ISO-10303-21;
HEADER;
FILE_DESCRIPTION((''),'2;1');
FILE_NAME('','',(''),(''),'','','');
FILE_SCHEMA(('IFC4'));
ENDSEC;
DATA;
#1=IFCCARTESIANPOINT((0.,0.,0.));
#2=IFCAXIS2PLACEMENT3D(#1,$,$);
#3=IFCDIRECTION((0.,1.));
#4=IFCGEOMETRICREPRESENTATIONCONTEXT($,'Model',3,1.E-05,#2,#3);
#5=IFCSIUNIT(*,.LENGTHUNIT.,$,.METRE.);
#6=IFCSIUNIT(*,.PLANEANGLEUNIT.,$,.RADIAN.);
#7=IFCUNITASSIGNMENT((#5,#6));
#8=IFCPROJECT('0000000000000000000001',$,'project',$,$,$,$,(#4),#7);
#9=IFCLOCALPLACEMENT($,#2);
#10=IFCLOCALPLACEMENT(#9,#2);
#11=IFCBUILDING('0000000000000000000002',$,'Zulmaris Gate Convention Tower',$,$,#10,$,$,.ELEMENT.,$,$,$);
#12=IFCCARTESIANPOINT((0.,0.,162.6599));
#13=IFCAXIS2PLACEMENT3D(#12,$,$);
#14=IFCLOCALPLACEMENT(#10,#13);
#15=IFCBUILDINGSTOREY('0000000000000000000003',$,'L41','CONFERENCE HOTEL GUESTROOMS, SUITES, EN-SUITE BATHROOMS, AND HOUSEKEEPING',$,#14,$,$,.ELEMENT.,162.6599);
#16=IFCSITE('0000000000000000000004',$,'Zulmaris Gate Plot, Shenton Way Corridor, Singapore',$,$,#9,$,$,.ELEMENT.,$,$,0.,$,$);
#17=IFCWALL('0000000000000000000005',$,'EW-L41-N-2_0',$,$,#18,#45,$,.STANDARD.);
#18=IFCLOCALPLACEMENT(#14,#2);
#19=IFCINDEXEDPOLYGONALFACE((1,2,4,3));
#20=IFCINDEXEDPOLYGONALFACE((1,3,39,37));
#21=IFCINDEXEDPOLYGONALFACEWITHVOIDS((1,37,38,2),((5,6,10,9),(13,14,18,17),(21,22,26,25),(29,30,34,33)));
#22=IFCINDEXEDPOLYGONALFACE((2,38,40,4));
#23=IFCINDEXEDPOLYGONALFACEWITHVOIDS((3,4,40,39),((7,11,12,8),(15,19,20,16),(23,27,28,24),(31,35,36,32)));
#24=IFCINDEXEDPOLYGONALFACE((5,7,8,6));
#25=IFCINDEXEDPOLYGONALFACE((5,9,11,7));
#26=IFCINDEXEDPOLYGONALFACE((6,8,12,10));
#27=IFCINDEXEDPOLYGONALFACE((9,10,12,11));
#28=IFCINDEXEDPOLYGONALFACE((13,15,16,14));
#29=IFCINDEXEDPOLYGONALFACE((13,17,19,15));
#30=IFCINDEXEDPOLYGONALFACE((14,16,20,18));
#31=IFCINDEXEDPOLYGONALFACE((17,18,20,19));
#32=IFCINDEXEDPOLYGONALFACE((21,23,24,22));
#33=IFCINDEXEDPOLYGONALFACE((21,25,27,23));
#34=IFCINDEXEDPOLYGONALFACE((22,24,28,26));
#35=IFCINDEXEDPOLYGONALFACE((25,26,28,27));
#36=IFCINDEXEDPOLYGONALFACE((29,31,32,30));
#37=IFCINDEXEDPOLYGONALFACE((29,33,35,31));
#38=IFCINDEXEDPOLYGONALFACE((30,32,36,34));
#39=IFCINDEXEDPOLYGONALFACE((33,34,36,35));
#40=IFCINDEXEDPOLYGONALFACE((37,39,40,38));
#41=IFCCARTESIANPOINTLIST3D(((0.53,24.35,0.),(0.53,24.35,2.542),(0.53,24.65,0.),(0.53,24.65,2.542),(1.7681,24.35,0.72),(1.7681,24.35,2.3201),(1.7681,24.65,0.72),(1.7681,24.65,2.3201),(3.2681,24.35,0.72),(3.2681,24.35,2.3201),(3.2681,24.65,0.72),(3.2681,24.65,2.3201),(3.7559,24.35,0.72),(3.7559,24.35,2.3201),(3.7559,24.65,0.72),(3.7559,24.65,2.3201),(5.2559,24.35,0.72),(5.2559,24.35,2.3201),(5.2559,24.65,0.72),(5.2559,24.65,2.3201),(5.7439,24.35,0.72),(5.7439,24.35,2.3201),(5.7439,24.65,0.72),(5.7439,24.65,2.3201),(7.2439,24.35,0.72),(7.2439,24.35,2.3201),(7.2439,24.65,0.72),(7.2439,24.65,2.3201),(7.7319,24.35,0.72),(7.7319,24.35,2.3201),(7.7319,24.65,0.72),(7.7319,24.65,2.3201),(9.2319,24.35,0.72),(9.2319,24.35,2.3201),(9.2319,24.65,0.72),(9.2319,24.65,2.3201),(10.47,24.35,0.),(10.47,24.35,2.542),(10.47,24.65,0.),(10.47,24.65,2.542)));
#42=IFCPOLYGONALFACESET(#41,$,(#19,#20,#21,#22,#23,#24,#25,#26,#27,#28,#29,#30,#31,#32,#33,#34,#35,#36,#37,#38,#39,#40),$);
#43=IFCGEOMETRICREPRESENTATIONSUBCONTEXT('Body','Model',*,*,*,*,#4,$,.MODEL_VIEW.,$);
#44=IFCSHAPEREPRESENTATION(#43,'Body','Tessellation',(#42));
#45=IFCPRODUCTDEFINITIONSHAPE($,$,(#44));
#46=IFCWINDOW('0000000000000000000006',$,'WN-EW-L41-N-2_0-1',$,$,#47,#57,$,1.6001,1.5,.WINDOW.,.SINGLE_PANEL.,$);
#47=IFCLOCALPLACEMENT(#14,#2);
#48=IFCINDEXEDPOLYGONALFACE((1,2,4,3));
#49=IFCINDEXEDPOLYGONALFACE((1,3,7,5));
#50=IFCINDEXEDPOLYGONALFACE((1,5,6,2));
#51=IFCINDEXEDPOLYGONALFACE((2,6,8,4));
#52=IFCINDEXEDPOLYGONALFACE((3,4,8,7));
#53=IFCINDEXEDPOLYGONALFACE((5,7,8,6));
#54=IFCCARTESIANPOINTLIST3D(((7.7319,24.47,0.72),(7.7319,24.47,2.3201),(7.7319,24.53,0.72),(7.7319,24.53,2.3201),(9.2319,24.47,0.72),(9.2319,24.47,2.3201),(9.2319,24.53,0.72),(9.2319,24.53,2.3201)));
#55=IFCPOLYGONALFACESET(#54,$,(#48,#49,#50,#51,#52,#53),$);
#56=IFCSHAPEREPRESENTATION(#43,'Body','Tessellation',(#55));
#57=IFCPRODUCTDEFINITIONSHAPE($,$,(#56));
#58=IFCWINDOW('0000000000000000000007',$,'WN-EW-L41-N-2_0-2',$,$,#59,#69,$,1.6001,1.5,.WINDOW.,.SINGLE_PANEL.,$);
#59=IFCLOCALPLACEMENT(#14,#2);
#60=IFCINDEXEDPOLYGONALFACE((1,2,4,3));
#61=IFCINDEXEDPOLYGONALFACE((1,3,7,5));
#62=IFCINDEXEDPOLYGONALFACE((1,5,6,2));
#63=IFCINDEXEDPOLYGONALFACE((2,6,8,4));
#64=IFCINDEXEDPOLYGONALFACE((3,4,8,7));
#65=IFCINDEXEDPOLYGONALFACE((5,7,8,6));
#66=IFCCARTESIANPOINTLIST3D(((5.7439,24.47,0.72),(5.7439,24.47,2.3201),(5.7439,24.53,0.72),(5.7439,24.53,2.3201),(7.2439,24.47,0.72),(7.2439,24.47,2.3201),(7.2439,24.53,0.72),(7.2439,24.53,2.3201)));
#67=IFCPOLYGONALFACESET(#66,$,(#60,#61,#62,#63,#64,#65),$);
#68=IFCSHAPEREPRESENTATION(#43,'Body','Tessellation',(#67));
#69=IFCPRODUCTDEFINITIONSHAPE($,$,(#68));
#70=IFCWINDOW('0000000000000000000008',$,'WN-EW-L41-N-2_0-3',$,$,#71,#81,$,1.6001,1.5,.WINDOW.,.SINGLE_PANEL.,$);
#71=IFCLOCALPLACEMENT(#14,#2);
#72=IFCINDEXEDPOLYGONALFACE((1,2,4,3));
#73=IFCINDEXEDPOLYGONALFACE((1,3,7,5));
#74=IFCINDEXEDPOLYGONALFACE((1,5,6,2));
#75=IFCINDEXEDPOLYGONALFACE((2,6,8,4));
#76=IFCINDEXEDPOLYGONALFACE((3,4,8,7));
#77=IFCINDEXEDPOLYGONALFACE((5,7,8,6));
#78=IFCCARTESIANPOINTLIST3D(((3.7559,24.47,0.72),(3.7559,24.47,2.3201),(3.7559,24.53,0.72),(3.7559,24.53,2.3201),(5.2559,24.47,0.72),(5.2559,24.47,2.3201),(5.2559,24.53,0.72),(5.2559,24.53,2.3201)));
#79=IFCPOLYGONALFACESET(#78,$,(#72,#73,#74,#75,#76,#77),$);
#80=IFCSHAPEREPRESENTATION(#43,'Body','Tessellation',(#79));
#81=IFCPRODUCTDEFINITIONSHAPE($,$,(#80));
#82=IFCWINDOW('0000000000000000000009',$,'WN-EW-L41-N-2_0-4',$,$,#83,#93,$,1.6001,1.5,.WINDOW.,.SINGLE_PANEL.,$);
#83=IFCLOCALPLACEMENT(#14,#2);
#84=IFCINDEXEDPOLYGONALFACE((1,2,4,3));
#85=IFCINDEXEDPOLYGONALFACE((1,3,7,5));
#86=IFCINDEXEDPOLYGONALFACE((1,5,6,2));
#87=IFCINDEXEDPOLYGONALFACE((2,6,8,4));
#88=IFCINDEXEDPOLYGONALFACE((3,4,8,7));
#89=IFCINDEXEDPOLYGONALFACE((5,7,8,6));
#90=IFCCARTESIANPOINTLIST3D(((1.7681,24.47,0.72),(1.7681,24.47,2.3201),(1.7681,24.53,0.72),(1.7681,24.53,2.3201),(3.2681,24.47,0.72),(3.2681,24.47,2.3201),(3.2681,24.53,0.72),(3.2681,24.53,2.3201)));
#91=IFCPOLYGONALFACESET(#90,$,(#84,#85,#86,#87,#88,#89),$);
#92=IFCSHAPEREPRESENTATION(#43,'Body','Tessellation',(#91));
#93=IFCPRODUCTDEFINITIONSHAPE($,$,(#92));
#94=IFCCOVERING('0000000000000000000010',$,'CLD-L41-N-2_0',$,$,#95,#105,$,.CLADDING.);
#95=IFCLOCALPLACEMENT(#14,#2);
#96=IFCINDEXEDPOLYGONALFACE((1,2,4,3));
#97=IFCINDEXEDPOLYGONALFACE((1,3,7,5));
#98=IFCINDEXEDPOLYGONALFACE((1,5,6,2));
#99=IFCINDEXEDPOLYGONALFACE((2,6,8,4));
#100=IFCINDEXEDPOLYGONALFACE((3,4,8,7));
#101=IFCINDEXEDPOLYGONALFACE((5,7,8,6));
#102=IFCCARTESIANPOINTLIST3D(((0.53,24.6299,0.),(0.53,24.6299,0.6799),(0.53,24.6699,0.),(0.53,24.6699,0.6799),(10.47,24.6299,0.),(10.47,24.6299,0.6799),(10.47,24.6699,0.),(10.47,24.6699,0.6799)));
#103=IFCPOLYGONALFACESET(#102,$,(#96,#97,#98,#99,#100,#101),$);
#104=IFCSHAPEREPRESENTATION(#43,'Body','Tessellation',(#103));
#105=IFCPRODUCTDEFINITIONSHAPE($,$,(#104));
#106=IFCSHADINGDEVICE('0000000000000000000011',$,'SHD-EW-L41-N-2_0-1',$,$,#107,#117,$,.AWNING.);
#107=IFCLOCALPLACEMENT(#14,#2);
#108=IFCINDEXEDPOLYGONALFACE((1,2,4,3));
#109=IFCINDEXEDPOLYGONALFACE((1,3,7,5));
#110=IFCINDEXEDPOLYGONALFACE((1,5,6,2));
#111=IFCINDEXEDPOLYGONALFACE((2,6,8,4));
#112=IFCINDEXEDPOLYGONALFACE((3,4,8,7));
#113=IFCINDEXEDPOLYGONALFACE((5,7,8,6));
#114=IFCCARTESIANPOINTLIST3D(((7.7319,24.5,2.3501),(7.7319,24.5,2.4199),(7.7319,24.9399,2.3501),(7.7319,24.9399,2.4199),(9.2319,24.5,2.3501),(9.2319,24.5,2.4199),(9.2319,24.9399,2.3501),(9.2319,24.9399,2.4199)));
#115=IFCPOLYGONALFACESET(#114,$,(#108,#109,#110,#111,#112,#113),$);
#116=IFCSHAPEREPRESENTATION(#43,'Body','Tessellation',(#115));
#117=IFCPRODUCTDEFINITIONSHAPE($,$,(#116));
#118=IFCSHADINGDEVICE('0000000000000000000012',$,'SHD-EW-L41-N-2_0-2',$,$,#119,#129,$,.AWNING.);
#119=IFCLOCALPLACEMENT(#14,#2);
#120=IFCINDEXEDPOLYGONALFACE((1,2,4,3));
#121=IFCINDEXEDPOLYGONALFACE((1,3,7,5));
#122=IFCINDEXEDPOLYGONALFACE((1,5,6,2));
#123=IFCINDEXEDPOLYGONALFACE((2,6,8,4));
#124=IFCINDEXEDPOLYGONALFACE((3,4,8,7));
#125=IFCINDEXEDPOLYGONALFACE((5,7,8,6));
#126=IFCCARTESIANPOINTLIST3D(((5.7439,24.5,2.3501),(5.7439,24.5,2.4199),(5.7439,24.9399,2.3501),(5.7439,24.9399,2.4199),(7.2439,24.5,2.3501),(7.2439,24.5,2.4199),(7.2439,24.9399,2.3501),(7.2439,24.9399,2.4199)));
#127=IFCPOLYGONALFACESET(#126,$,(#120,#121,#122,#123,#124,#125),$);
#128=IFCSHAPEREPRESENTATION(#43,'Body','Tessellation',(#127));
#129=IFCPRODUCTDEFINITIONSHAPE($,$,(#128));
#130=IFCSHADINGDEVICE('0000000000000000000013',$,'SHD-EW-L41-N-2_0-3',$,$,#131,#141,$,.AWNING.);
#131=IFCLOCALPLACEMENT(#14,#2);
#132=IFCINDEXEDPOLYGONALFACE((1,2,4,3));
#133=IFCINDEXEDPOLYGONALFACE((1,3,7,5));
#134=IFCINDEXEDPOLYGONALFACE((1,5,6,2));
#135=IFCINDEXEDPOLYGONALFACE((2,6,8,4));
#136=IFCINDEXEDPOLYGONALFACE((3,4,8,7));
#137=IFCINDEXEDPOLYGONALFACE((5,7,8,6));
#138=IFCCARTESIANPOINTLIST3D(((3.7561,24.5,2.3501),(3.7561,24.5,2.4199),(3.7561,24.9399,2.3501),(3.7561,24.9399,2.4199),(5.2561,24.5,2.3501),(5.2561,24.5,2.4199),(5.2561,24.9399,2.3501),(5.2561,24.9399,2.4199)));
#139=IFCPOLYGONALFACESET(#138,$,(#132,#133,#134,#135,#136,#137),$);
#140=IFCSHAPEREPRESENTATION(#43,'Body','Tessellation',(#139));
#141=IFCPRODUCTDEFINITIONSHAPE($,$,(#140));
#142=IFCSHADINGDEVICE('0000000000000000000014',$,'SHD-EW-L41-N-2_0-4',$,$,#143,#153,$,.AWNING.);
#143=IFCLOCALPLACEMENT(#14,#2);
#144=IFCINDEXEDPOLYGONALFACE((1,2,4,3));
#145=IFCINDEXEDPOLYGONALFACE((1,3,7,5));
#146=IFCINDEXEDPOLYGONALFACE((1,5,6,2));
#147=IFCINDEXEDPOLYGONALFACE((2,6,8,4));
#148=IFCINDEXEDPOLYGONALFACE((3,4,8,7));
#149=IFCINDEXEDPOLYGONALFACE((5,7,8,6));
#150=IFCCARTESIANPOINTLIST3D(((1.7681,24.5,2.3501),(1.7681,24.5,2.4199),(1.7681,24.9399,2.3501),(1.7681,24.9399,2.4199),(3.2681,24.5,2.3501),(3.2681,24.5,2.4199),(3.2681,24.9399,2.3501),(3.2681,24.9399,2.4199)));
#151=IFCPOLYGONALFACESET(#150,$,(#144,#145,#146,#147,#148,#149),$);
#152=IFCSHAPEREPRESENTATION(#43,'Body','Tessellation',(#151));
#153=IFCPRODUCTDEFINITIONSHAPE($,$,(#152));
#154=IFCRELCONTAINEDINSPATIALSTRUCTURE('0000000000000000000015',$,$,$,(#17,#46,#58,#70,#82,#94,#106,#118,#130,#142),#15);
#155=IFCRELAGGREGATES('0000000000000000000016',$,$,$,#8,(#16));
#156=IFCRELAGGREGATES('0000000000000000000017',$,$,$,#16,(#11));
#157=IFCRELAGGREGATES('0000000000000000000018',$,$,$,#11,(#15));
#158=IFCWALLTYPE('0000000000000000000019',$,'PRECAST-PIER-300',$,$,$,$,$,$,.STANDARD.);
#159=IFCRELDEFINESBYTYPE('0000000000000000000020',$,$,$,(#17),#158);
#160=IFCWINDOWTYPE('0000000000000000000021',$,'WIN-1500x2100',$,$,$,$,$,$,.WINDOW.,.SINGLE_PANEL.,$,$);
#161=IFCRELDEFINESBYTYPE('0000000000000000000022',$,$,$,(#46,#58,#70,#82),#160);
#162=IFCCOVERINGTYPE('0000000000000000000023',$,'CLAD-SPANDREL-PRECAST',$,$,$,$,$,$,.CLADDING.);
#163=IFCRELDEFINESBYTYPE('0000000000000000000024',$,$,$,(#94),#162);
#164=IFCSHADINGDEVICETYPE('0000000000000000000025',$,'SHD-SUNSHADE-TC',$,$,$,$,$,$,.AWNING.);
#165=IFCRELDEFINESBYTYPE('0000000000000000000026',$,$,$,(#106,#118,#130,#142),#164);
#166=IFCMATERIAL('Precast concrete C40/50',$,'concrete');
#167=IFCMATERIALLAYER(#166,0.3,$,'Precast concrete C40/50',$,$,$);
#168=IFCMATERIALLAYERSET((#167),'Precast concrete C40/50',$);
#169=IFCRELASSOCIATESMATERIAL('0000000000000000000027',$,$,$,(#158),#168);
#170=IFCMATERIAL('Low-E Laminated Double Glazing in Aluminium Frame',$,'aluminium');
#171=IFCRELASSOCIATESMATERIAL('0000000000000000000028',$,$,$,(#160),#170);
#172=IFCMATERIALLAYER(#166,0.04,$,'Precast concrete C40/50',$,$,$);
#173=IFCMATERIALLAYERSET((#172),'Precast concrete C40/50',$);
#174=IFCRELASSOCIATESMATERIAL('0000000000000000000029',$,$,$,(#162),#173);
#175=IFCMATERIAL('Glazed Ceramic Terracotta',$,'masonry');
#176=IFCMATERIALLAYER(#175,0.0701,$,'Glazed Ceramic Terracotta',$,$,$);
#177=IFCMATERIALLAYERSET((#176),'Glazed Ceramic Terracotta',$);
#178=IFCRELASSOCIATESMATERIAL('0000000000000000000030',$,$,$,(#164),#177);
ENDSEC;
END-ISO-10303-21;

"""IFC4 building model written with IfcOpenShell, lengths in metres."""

from ifc_helpers import new_model, si_unit, direction, frame, frame_2d, origin, place, context, subcontext, project, spatial, rectangle, extrude, material, layer, layer_set, type_object, element, fill, save


model = new_model("IFC4")

# Units and contexts
model_context = context("Model", 3, precision=1e-05, world=origin(), true_north=direction((0.0, 1.0)))
body_context = subcontext(model_context, "Body", "Model", "MODEL_VIEW")
ifc_project = project(units=[si_unit("LENGTHUNIT", "METRE"), si_unit("PLANEANGLEUNIT", "RADIAN")], contexts=[model_context])

# Site, building, storey
site_placement = place(None, origin())
site = spatial("IfcSite", under=ifc_project, at=site_placement, Name="Zulmaris Gate Plot, Shenton Way Corridor, Singapore", CompositionType="ELEMENT", RefElevation=0.0)
building_placement = place(site_placement, origin())
building = spatial("IfcBuilding", under=site, at=building_placement, Name="Zulmaris Gate Convention Tower", CompositionType="ELEMENT")
storey_placement = place(building_placement, frame((0.0, 0.0, 162.6599)))
storey = spatial("IfcBuildingStorey", under=building, at=storey_placement, Name="L41", Description="CONFERENCE HOTEL GUESTROOMS, SUITES, EN-SUITE BATHROOMS, AND HOUSEKEEPING", CompositionType="ELEMENT", Elevation=162.6599)

# Wall, openings, windows
ifc_material_1 = material(Name="Precast concrete C40/50", Category="concrete")
ifc_layer_1 = layer(ifc_material_1, 0.3, Name="Precast concrete C40/50")
ifc_layer_set_1 = layer_set([ifc_layer_1], Name="Precast concrete C40/50")
wall_type_1 = type_object("IfcWallType", Name="PRECAST-PIER-300", PredefinedType="STANDARD", material=ifc_layer_set_1)
wall_1_placement = place(storey_placement, frame((10.47, 24.5, 0.0), z_axis=(0.0, 0.0, 1.0), x_axis=(-1.0, 0.0, 0.0)))
wall_1 = element("IfcWall", 1, at=wall_1_placement, inside=storey, type_object=wall_type_1, Name="EW-L41-N-2_0", PredefinedType="STANDARD", context=body_context, shape_type="SweptSolid", body=[
    extrude(rectangle(XDim=9.9399, YDim=0.3, at=frame_2d((4.97, 0.0))), origin(), (0.0, 0.0, 1.0), 2.542),
])
opening_1_placement = place(wall_1_placement, frame((1.238, 0.0, 0.72)))
opening_1 = element("IfcOpeningElement", 2, at=opening_1_placement, cuts=wall_1, PredefinedType="OPENING", context=body_context, shape_type="SweptSolid", body=[
    extrude(rectangle(XDim=1.5, YDim=1.6001, at=frame_2d((0.75, 0.8))), frame((0.0, 0.1602, 0.0), z_axis=(0.0, -1.0, 0.0), x_axis=(1.0, 0.0, 0.0)), (0.0, 0.0, 1.0), 0.3201),
])
opening_2_placement = place(wall_1_placement, frame((3.2261, 0.0, 0.72)))
opening_2 = element("IfcOpeningElement", 3, at=opening_2_placement, cuts=wall_1, PredefinedType="OPENING", context=body_context, shape_type="SweptSolid", body=[
    extrude(rectangle(XDim=1.5, YDim=1.6001, at=frame_2d((0.75, 0.8))), frame((0.0, 0.1602, 0.0), z_axis=(0.0, -1.0, 0.0), x_axis=(1.0, 0.0, 0.0)), (0.0, 0.0, 1.0), 0.3201),
])
opening_3_placement = place(wall_1_placement, frame((5.2141, 0.0, 0.72)))
opening_3 = element("IfcOpeningElement", 4, at=opening_3_placement, cuts=wall_1, PredefinedType="OPENING", context=body_context, shape_type="SweptSolid", body=[
    extrude(rectangle(XDim=1.5, YDim=1.6001, at=frame_2d((0.75, 0.8))), frame((0.0, 0.1602, 0.0), z_axis=(0.0, -1.0, 0.0), x_axis=(1.0, 0.0, 0.0)), (0.0, 0.0, 1.0), 0.3201),
])
opening_4_placement = place(wall_1_placement, frame((7.2019, 0.0, 0.72)))
opening_4 = element("IfcOpeningElement", 5, at=opening_4_placement, cuts=wall_1, PredefinedType="OPENING", context=body_context, shape_type="SweptSolid", body=[
    extrude(rectangle(XDim=1.5, YDim=1.6001, at=frame_2d((0.75, 0.8))), frame((0.0, 0.1602, 0.0), z_axis=(0.0, -1.0, 0.0), x_axis=(1.0, 0.0, 0.0)), (0.0, 0.0, 1.0), 0.3201),
])
ifc_material_2 = material(Name="Low-E Laminated Double Glazing in Aluminium Frame", Category="aluminium")
window_type = type_object("IfcWindowType", Name="WIN-1500x2100", PartitioningType="SINGLE_PANEL", PredefinedType="WINDOW", material=ifc_material_2)
window_1_placement = place(opening_1_placement, origin())
window_1 = element("IfcWindow", 6, at=window_1_placement, inside=storey, type_object=window_type, Name="WN-EW-L41-N-2_0-1", OverallHeight=1.6001, OverallWidth=1.5, PartitioningType="SINGLE_PANEL", PredefinedType="WINDOW", context=body_context, shape_type="SweptSolid", body=[
    extrude(rectangle(XDim=1.5, YDim=1.6001, at=frame_2d((0.75, 0.8))), frame((0.0, 0.03, 0.0), z_axis=(0.0, -1.0, 0.0), x_axis=(1.0, 0.0, 0.0)), (0.0, 0.0, 1.0), 0.0601),
])
fill(opening_1, window_1)
window_2_placement = place(opening_2_placement, origin())
window_2 = element("IfcWindow", 7, at=window_2_placement, inside=storey, type_object=window_type, Name="WN-EW-L41-N-2_0-2", OverallHeight=1.6001, OverallWidth=1.5, PartitioningType="SINGLE_PANEL", PredefinedType="WINDOW", context=body_context, shape_type="SweptSolid", body=[
    extrude(rectangle(XDim=1.5, YDim=1.6001, at=frame_2d((0.75, 0.8))), frame((0.0, 0.03, 0.0), z_axis=(0.0, -1.0, 0.0), x_axis=(1.0, 0.0, 0.0)), (0.0, 0.0, 1.0), 0.0601),
])
fill(opening_2, window_2)
window_3_placement = place(opening_3_placement, origin())
window_3 = element("IfcWindow", 8, at=window_3_placement, inside=storey, type_object=window_type, Name="WN-EW-L41-N-2_0-3", OverallHeight=1.6001, OverallWidth=1.5, PartitioningType="SINGLE_PANEL", PredefinedType="WINDOW", context=body_context, shape_type="SweptSolid", body=[
    extrude(rectangle(XDim=1.5, YDim=1.6001, at=frame_2d((0.75, 0.8))), frame((0.0, 0.03, 0.0), z_axis=(0.0, -1.0, 0.0), x_axis=(1.0, 0.0, 0.0)), (0.0, 0.0, 1.0), 0.0601),
])
fill(opening_3, window_3)
window_4_placement = place(opening_4_placement, origin())
window_4 = element("IfcWindow", 9, at=window_4_placement, inside=storey, type_object=window_type, Name="WN-EW-L41-N-2_0-4", OverallHeight=1.6001, OverallWidth=1.5, PartitioningType="SINGLE_PANEL", PredefinedType="WINDOW", context=body_context, shape_type="SweptSolid", body=[
    extrude(rectangle(XDim=1.5, YDim=1.6001, at=frame_2d((0.75, 0.8))), frame((0.0, 0.03, 0.0), z_axis=(0.0, -1.0, 0.0), x_axis=(1.0, 0.0, 0.0)), (0.0, 0.0, 1.0), 0.0601),
])
fill(opening_4, window_4)

# Covering
ifc_layer_2 = layer(ifc_material_1, 0.04, Name="Precast concrete C40/50")
ifc_layer_set_2 = layer_set([ifc_layer_2], Name="Precast concrete C40/50")
covering_type = type_object("IfcCoveringType", Name="CLAD-SPANDREL-PRECAST", PredefinedType="CLADDING", material=ifc_layer_set_2)
covering_placement = place(storey_placement, frame((10.47, 24.6499, 0.0), z_axis=(0.0, 0.0, 1.0), x_axis=(-1.0, 0.0, 0.0)))
element("IfcCovering", 10, at=covering_placement, inside=storey, type_object=covering_type, Name="CLD-L41-N-2_0", PredefinedType="CLADDING", context=body_context, shape_type="SweptSolid", body=[
    extrude(rectangle(XDim=9.9399, YDim=0.04, at=frame_2d((4.97, 0.0))), origin(), (0.0, 0.0, 1.0), 0.6799),
])

# Shading devices
ifc_material_3 = material(Name="Glazed Ceramic Terracotta", Category="masonry")
ifc_layer_3 = layer(ifc_material_3, 0.0701, Name="Glazed Ceramic Terracotta")
ifc_layer_set_3 = layer_set([ifc_layer_3], Name="Glazed Ceramic Terracotta")
shading_device_type = type_object("IfcShadingDeviceType", Name="SHD-SUNSHADE-TC", PredefinedType="AWNING", material=ifc_layer_set_3)
for number, where, z_axis, x_axis, name in (
    (11, (9.2319, 24.72, 2.3501), (0.0, 0.0, 1.0), (-1.0, 0.0, 0.0), "SHD-EW-L41-N-2_0-1"),
    (12, (7.2439, 24.72, 2.3501), (0.0, 0.0, 1.0), (-1.0, 0.0, 0.0), "SHD-EW-L41-N-2_0-2"),
    (13, (5.2561, 24.72, 2.3501), (0.0, 0.0, 1.0), (-1.0, 0.0, 0.0), "SHD-EW-L41-N-2_0-3"),
    (14, (3.2681, 24.72, 2.3501), (0.0, 0.0, 1.0), (-1.0, 0.0, 0.0), "SHD-EW-L41-N-2_0-4"),
):
    element("IfcShadingDevice", number, at=place(storey_placement, frame(where, z_axis=z_axis, x_axis=x_axis)), inside=storey, type_object=shading_device_type, Name=name, PredefinedType="AWNING", context=body_context, shape_type="SweptSolid", body=[
        extrude(rectangle(XDim=1.5, YDim=0.4399, at=frame_2d((0.75, 0.0))), origin(), (0.0, 0.0, 1.0), 0.0698),
    ])

save(model, "model.ifc")
